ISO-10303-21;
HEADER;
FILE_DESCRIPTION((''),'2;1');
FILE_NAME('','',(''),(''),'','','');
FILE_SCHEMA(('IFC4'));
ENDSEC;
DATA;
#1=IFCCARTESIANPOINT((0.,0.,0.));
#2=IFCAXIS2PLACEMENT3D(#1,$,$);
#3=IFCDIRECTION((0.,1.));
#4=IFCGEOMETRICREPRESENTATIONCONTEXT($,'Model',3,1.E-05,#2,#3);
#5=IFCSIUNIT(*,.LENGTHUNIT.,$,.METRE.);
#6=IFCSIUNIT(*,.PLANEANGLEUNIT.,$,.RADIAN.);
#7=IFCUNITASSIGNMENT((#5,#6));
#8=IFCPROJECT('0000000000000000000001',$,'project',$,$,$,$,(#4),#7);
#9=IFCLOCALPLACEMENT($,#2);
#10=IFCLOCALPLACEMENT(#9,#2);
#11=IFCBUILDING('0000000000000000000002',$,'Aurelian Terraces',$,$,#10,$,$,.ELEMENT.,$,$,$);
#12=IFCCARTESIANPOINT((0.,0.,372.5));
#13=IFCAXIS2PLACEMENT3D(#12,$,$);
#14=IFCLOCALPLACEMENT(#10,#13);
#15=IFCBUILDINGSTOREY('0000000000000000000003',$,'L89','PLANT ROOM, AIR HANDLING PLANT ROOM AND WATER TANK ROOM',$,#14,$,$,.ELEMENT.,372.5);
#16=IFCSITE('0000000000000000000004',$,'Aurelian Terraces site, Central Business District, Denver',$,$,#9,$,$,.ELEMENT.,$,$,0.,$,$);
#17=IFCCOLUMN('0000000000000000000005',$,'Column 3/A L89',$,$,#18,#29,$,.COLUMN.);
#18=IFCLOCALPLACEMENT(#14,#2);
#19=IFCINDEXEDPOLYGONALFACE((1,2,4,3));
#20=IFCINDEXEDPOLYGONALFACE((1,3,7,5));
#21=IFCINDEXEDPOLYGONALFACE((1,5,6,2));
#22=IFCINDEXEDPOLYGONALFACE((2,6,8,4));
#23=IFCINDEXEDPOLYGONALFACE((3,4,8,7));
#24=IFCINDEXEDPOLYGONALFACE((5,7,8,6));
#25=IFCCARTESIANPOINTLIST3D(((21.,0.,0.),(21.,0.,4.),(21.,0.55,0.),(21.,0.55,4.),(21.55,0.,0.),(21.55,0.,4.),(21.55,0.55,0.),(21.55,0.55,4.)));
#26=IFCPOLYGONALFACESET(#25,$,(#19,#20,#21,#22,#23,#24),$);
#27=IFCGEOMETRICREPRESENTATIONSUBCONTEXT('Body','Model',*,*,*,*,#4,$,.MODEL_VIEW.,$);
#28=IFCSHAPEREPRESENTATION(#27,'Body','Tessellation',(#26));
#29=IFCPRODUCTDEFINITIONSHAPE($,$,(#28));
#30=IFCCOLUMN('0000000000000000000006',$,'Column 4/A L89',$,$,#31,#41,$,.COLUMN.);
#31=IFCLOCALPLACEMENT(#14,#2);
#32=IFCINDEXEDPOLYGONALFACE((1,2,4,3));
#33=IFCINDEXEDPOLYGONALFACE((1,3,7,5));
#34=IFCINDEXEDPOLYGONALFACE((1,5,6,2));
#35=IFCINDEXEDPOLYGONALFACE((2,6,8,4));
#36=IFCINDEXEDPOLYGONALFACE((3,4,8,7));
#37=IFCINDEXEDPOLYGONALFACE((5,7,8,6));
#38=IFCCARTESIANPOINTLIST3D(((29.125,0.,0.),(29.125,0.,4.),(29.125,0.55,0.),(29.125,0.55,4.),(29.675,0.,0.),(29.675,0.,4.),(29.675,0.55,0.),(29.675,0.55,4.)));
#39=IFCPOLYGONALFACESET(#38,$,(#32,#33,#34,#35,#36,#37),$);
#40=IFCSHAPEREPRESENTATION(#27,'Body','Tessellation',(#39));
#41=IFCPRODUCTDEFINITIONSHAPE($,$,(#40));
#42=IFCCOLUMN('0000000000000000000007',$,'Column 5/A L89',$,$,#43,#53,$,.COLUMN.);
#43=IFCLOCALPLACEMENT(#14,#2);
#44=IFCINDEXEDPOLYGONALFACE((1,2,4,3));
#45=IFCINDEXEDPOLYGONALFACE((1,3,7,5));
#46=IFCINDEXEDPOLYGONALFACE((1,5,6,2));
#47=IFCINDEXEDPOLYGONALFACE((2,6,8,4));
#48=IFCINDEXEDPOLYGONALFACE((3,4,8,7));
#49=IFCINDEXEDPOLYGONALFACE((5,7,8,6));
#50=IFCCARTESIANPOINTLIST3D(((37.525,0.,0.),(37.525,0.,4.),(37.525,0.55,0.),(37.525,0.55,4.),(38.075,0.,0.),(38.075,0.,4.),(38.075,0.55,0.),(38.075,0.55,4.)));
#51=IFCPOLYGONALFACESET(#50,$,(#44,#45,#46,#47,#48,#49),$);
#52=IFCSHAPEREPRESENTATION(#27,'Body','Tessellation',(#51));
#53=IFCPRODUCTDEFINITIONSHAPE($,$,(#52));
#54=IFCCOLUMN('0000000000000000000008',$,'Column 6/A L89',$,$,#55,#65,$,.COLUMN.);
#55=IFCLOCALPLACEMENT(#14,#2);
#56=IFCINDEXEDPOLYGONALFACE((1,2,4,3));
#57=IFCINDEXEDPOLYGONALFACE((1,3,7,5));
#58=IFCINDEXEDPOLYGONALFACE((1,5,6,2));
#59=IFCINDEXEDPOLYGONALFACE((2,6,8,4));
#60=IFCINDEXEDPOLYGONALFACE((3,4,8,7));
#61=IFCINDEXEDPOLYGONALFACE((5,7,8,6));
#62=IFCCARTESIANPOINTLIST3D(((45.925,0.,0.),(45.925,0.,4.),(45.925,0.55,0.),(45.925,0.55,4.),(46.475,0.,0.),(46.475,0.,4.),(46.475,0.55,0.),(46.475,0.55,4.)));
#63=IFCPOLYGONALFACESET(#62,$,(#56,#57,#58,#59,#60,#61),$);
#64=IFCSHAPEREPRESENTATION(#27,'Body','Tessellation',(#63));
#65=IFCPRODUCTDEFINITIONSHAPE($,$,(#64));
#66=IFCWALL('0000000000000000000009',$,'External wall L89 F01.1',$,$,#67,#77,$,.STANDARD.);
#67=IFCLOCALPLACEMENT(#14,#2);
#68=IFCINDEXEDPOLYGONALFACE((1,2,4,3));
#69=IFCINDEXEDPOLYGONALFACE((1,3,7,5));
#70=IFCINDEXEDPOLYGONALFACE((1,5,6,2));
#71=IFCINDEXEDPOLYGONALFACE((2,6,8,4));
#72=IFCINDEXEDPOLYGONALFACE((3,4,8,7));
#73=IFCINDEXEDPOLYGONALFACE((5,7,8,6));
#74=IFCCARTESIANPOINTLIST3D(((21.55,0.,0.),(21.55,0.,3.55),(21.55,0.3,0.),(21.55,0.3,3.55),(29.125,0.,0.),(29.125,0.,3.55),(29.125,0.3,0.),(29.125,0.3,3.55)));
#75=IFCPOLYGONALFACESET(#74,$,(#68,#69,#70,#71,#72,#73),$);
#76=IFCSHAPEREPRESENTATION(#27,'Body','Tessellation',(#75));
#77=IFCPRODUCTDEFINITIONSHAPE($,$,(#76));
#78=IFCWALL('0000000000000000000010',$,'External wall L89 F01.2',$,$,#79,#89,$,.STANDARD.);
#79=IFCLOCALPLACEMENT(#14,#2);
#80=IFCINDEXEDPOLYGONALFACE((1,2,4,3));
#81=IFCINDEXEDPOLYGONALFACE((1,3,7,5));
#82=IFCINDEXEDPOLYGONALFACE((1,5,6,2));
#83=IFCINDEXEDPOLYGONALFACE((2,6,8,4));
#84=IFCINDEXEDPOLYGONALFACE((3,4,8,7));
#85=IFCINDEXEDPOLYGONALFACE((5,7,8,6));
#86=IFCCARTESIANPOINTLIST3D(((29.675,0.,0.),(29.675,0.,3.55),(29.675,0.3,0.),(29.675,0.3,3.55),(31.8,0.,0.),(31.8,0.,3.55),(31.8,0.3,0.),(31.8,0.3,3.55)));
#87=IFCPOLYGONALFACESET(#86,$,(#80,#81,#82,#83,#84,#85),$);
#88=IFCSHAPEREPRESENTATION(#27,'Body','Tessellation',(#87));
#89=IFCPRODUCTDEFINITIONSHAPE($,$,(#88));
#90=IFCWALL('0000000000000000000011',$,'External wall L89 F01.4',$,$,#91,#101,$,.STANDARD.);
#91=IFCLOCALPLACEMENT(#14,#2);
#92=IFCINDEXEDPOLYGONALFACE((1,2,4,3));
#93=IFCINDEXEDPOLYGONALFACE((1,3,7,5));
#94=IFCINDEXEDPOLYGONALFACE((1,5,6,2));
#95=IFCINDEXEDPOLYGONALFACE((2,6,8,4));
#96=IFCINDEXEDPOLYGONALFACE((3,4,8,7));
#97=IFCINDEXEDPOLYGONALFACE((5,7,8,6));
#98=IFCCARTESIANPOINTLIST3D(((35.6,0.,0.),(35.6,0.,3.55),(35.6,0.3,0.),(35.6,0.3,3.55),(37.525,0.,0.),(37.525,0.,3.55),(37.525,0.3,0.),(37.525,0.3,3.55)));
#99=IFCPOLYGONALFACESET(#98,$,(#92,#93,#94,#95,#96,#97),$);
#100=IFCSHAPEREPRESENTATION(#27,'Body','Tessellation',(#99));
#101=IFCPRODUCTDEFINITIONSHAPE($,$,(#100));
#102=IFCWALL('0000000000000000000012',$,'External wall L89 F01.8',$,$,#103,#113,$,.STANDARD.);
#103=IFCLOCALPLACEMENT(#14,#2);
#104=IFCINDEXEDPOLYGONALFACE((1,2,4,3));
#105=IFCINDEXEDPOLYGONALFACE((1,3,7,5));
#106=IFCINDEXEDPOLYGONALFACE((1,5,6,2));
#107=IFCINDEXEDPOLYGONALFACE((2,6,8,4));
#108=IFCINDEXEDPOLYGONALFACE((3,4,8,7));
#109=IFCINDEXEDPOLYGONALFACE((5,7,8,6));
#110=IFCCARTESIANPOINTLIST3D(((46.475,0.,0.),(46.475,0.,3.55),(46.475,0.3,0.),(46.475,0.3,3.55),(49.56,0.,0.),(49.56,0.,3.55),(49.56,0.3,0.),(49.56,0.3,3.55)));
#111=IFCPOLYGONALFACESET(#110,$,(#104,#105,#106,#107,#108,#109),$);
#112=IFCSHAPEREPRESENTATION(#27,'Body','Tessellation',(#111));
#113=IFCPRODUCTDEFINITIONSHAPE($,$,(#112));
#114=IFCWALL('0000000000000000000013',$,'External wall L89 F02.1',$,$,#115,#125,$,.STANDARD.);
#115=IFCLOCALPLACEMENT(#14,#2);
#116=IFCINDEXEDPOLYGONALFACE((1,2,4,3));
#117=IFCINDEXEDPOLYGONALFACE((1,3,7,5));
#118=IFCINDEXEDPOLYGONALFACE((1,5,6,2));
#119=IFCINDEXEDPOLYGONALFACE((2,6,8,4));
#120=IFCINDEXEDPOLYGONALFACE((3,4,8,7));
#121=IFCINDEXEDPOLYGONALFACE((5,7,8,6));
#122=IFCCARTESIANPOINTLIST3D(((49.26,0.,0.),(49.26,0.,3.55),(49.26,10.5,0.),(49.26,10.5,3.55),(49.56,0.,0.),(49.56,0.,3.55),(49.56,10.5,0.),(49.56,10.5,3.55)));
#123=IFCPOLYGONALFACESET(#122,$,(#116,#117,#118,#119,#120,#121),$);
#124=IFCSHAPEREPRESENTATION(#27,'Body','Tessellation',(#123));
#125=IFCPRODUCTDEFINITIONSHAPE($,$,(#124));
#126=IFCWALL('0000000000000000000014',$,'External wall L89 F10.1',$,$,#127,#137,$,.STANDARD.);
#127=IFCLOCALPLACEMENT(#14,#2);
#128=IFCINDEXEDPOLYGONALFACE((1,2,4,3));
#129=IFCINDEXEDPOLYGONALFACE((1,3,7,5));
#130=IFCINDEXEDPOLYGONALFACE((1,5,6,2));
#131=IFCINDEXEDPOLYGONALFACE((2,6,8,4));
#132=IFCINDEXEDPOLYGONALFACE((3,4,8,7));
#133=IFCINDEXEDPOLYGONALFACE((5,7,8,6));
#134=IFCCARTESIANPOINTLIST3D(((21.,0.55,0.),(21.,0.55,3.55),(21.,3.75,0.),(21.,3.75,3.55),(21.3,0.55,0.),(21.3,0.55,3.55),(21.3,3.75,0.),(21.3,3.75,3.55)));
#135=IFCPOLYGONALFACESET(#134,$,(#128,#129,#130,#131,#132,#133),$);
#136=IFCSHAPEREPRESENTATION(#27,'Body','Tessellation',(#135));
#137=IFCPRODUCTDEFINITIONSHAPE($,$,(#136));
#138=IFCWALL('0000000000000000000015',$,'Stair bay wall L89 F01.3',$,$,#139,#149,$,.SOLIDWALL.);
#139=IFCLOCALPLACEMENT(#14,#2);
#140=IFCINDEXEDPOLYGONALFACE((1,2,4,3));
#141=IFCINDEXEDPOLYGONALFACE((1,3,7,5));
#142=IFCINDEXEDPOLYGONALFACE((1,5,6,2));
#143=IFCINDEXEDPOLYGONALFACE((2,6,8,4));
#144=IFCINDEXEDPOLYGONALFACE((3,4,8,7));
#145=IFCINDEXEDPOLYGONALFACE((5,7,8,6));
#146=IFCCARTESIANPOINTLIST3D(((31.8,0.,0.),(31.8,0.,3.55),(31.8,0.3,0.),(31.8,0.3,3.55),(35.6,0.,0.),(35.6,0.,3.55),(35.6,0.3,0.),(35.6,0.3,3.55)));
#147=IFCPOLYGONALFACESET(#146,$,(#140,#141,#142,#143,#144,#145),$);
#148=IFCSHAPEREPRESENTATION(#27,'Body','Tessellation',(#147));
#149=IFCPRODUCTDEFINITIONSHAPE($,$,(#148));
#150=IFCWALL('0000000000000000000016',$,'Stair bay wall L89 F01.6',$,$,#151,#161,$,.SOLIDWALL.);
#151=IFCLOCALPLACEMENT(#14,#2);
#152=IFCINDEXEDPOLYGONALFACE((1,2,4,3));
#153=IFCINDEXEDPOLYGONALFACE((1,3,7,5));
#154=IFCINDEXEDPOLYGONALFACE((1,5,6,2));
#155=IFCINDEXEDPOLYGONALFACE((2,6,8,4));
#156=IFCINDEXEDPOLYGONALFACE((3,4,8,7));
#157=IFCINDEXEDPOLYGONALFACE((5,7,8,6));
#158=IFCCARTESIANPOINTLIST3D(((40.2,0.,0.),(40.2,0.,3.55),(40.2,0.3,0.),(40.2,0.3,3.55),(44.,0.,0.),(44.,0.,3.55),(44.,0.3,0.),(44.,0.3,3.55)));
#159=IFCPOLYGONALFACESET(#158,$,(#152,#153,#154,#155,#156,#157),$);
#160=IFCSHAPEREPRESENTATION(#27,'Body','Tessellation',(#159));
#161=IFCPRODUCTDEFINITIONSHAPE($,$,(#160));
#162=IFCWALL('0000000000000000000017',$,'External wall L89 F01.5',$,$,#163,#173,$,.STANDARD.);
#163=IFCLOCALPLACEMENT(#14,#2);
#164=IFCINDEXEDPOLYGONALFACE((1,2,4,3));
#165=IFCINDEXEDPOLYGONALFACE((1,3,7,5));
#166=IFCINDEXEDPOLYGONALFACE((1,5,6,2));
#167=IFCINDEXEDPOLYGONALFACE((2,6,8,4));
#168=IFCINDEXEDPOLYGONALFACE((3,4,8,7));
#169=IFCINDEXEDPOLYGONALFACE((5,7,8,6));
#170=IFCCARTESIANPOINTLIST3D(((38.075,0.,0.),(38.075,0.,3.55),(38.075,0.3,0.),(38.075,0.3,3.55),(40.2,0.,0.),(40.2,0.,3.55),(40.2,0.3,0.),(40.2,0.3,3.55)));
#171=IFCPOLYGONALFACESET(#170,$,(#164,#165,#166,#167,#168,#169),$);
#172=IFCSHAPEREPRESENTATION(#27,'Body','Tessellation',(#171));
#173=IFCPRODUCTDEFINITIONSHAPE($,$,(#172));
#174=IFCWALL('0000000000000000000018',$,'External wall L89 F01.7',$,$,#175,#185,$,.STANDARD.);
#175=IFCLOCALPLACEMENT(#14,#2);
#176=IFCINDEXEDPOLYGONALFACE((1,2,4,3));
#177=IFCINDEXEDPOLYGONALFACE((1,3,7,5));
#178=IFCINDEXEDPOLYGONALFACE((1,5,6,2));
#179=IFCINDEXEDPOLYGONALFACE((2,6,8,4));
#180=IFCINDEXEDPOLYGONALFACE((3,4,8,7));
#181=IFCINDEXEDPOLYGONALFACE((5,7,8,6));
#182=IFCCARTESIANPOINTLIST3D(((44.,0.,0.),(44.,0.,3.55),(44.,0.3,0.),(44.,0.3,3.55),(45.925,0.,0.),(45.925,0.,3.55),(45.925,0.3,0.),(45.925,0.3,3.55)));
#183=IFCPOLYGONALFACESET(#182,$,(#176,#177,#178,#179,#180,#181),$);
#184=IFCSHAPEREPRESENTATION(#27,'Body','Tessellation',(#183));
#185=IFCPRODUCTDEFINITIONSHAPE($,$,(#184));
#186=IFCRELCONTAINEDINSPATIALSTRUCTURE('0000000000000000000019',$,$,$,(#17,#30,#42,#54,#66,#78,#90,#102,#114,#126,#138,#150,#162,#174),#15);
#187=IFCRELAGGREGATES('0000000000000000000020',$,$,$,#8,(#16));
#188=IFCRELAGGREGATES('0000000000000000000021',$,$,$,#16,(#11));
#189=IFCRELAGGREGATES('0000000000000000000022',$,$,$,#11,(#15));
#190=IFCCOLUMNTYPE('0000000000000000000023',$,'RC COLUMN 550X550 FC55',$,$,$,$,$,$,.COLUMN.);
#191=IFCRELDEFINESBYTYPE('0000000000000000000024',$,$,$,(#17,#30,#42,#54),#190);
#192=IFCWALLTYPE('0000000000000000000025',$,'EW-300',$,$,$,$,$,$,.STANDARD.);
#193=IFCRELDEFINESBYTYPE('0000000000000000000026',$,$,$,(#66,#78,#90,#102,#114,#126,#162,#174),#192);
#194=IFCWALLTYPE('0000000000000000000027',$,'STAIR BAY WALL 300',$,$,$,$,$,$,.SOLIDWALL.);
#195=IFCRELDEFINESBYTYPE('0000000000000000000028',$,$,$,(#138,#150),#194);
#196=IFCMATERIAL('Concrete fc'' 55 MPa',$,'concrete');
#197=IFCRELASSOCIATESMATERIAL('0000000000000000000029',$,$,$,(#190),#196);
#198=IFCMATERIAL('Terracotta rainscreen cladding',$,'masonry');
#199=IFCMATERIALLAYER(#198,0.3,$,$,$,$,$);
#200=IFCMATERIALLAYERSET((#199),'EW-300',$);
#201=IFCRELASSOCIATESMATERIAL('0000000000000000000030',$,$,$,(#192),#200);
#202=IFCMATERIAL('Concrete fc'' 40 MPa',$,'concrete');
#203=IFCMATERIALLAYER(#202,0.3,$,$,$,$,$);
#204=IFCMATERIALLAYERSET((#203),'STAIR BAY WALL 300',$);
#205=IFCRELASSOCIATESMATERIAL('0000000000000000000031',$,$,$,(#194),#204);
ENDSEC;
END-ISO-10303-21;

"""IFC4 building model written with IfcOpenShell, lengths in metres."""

from ifc_helpers import new_model, si_unit, direction, frame, frame_2d, origin, origin_2d, place, context, subcontext, project, spatial, rectangle, extrude, source, transform, mapped, material, layer, layer_set, material_profile, profile_set, type_object, element, save


model = new_model("IFC4")

# Units and contexts
model_context = context("Model", 3, precision=1e-05, world=origin(), true_north=direction((0.0, 1.0)))
body_context = subcontext(model_context, "Body", "Model", "MODEL_VIEW")
ifc_project = project(units=[si_unit("LENGTHUNIT", "METRE"), si_unit("PLANEANGLEUNIT", "RADIAN")], contexts=[model_context])

# Site, building, storey
site_placement = place(None, origin())
site = spatial("IfcSite", under=ifc_project, at=site_placement, Name="Aurelian Terraces site, Central Business District, Denver", CompositionType="ELEMENT", RefElevation=0.0)
building_placement = place(site_placement, origin())
building = spatial("IfcBuilding", under=site, at=building_placement, Name="Aurelian Terraces", CompositionType="ELEMENT")
storey_placement = place(building_placement, frame((0.0, 0.0, 372.5)))
storey = spatial("IfcBuildingStorey", under=building, at=storey_placement, Name="L89", Description="PLANT ROOM, AIR HANDLING PLANT ROOM AND WATER TANK ROOM", CompositionType="ELEMENT", Elevation=372.5)

# Columns
ifc_material_1 = material(Name="Concrete fc' 55 MPa", Category="concrete")
ifc_material_profile = material_profile(ifc_material_1, rectangle(XDim=0.55, YDim=0.55, at=origin_2d()))
ifc_profile_set = profile_set([ifc_material_profile], Name="Concrete fc' 55 MPa")
column_type = type_object("IfcColumnType", Name="RC COLUMN 550X550 FC55", PredefinedType="COLUMN", material=ifc_profile_set)
shared_shape_1 = source(origin(), body_context, "Body", "SweptSolid", [
    extrude(rectangle(XDim=0.55, YDim=0.55, at=origin_2d()), origin(), (0.0, 0.0, 1.0), 4.0),
])
for number, where, z_axis, x_axis, name in (
    (1, (21.275, 0.275, 0.0), (0.0, 0.0, 1.0), (1.0, 0.0, 0.0), "Column 3/A L89"),
    (2, (29.4, 0.275, 0.0), (0.0, 0.0, 1.0), (1.0, 0.0, 0.0), "Column 4/A L89"),
    (3, (37.8, 0.275, 0.0), (0.0, 0.0, 1.0), (1.0, 0.0, 0.0), "Column 5/A L89"),
    (4, (46.2, 0.275, 0.0), (0.0, 0.0, 1.0), (1.0, 0.0, 0.0), "Column 6/A L89"),
):
    element("IfcColumn", number, at=place(storey_placement, frame(where, z_axis=z_axis, x_axis=x_axis)), inside=storey, type_object=column_type, Name=name, PredefinedType="COLUMN", context=body_context, shape_type="MappedRepresentation", body=[
        mapped(shared_shape_1, transform((0.0, 0.0, 0.0), scale=1.0)),
    ])

# Walls
ifc_material_2 = material(Name="Terracotta rainscreen cladding", Category="masonry")
ifc_layer_1 = layer(ifc_material_2, 0.3)
ifc_layer_set_1 = layer_set([ifc_layer_1], Name="EW-300")
wall_type_1 = type_object("IfcWallType", Name="EW-300", PredefinedType="STANDARD", material=ifc_layer_set_1)
wall_1_placement = place(storey_placement, frame((21.55, 0.15, 0.0), z_axis=(0.0, 0.0, 1.0), x_axis=(1.0, 0.0, 0.0)))
element("IfcWall", 5, at=wall_1_placement, inside=storey, type_object=wall_type_1, Name="External wall L89 F01.1", PredefinedType="STANDARD", context=body_context, shape_type="SweptSolid", body=[
    extrude(rectangle(XDim=7.575, YDim=0.3, at=frame_2d((3.7875, 0.0))), origin(), (0.0, 0.0, 1.0), 3.55),
])
wall_2_placement = place(storey_placement, frame((29.675, 0.15, 0.0), z_axis=(0.0, 0.0, 1.0), x_axis=(1.0, 0.0, 0.0)))
element("IfcWall", 6, at=wall_2_placement, inside=storey, type_object=wall_type_1, Name="External wall L89 F01.2", PredefinedType="STANDARD", context=body_context, shape_type="SweptSolid", body=[
    extrude(rectangle(XDim=2.125, YDim=0.3, at=frame_2d((1.0625, 0.0))), origin(), (0.0, 0.0, 1.0), 3.55),
])
wall_3_placement = place(storey_placement, frame((35.6, 0.15, 0.0), z_axis=(0.0, 0.0, 1.0), x_axis=(1.0, 0.0, 0.0)))
element("IfcWall", 7, at=wall_3_placement, inside=storey, type_object=wall_type_1, Name="External wall L89 F01.4", PredefinedType="STANDARD", context=body_context, shape_type="SweptSolid", body=[
    extrude(rectangle(XDim=1.925, YDim=0.3, at=frame_2d((0.9625, 0.0))), origin(), (0.0, 0.0, 1.0), 3.55),
])
wall_4_placement = place(storey_placement, frame((46.475, 0.15, 0.0), z_axis=(0.0, 0.0, 1.0), x_axis=(1.0, 0.0, 0.0)))
element("IfcWall", 8, at=wall_4_placement, inside=storey, type_object=wall_type_1, Name="External wall L89 F01.8", PredefinedType="STANDARD", context=body_context, shape_type="SweptSolid", body=[
    extrude(rectangle(XDim=3.085, YDim=0.3, at=frame_2d((1.5425, 0.0))), origin(), (0.0, 0.0, 1.0), 3.55),
])
wall_5_placement = place(storey_placement, frame((49.41, 0.0, 0.0), z_axis=(0.0, 0.0, 1.0), x_axis=(0.0, 1.0, 0.0)))
element("IfcWall", 9, at=wall_5_placement, inside=storey, type_object=wall_type_1, Name="External wall L89 F02.1", PredefinedType="STANDARD", context=body_context, shape_type="SweptSolid", body=[
    extrude(rectangle(XDim=10.5, YDim=0.3, at=frame_2d((5.25, 0.0))), origin(), (0.0, 0.0, 1.0), 3.55),
])
wall_6_placement = place(storey_placement, frame((21.15, 3.75, 0.0), z_axis=(0.0, 0.0, 1.0), x_axis=(0.0, -1.0, 0.0)))
element("IfcWall", 10, at=wall_6_placement, inside=storey, type_object=wall_type_1, Name="External wall L89 F10.1", PredefinedType="STANDARD", context=body_context, shape_type="SweptSolid", body=[
    extrude(rectangle(XDim=3.2, YDim=0.3, at=frame_2d((1.6, 0.0))), origin(), (0.0, 0.0, 1.0), 3.55),
])
ifc_material_3 = material(Name="Concrete fc' 40 MPa", Category="concrete")
ifc_layer_2 = layer(ifc_material_3, 0.3)
ifc_layer_set_2 = layer_set([ifc_layer_2], Name="STAIR BAY WALL 300")
wall_type_2 = type_object("IfcWallType", Name="STAIR BAY WALL 300", PredefinedType="SOLIDWALL", material=ifc_layer_set_2)
for number, where, z_axis, x_axis, name in (
    (11, (31.8, 0.15, 0.0), (0.0, 0.0, 1.0), (1.0, 0.0, 0.0), "Stair bay wall L89 F01.3"),
    (12, (40.2, 0.15, 0.0), (0.0, 0.0, 1.0), (1.0, 0.0, 0.0), "Stair bay wall L89 F01.6"),
):
    element("IfcWall", number, at=place(storey_placement, frame(where, z_axis=z_axis, x_axis=x_axis)), inside=storey, type_object=wall_type_2, Name=name, PredefinedType="SOLIDWALL", context=body_context, shape_type="SweptSolid", body=[
        extrude(rectangle(XDim=3.8, YDim=0.3, at=frame_2d((1.9, 0.0))), origin(), (0.0, 0.0, 1.0), 3.55),
    ])
shared_shape_2 = source(origin(), body_context, "Body", "SweptSolid", [
    extrude(rectangle(XDim=2.125, YDim=0.3, at=frame_2d((1.0625, 0.0))), origin(), (0.0, 0.0, 1.0), 3.55),
])
wall_7_placement = place(storey_placement, frame((38.075, 0.15, 0.0), z_axis=(0.0, 0.0, 1.0), x_axis=(1.0, 0.0, 0.0)))
element("IfcWall", 13, at=wall_7_placement, inside=storey, type_object=wall_type_1, Name="External wall L89 F01.5", PredefinedType="STANDARD", context=body_context, shape_type="MappedRepresentation", body=[
    mapped(shared_shape_2, transform((0.0, 0.0, 0.0), scale=1.0)),
])
shared_shape_3 = source(origin(), body_context, "Body", "SweptSolid", [
    extrude(rectangle(XDim=1.925, YDim=0.3, at=frame_2d((0.9625, 0.0))), origin(), (0.0, 0.0, 1.0), 3.55),
])
wall_8_placement = place(storey_placement, frame((44.0, 0.15, 0.0), z_axis=(0.0, 0.0, 1.0), x_axis=(1.0, 0.0, 0.0)))
element("IfcWall", 14, at=wall_8_placement, inside=storey, type_object=wall_type_1, Name="External wall L89 F01.7", PredefinedType="STANDARD", context=body_context, shape_type="MappedRepresentation", body=[
    mapped(shared_shape_3, transform((0.0, 0.0, 0.0), scale=1.0)),
])

save(model, "model.ifc")
